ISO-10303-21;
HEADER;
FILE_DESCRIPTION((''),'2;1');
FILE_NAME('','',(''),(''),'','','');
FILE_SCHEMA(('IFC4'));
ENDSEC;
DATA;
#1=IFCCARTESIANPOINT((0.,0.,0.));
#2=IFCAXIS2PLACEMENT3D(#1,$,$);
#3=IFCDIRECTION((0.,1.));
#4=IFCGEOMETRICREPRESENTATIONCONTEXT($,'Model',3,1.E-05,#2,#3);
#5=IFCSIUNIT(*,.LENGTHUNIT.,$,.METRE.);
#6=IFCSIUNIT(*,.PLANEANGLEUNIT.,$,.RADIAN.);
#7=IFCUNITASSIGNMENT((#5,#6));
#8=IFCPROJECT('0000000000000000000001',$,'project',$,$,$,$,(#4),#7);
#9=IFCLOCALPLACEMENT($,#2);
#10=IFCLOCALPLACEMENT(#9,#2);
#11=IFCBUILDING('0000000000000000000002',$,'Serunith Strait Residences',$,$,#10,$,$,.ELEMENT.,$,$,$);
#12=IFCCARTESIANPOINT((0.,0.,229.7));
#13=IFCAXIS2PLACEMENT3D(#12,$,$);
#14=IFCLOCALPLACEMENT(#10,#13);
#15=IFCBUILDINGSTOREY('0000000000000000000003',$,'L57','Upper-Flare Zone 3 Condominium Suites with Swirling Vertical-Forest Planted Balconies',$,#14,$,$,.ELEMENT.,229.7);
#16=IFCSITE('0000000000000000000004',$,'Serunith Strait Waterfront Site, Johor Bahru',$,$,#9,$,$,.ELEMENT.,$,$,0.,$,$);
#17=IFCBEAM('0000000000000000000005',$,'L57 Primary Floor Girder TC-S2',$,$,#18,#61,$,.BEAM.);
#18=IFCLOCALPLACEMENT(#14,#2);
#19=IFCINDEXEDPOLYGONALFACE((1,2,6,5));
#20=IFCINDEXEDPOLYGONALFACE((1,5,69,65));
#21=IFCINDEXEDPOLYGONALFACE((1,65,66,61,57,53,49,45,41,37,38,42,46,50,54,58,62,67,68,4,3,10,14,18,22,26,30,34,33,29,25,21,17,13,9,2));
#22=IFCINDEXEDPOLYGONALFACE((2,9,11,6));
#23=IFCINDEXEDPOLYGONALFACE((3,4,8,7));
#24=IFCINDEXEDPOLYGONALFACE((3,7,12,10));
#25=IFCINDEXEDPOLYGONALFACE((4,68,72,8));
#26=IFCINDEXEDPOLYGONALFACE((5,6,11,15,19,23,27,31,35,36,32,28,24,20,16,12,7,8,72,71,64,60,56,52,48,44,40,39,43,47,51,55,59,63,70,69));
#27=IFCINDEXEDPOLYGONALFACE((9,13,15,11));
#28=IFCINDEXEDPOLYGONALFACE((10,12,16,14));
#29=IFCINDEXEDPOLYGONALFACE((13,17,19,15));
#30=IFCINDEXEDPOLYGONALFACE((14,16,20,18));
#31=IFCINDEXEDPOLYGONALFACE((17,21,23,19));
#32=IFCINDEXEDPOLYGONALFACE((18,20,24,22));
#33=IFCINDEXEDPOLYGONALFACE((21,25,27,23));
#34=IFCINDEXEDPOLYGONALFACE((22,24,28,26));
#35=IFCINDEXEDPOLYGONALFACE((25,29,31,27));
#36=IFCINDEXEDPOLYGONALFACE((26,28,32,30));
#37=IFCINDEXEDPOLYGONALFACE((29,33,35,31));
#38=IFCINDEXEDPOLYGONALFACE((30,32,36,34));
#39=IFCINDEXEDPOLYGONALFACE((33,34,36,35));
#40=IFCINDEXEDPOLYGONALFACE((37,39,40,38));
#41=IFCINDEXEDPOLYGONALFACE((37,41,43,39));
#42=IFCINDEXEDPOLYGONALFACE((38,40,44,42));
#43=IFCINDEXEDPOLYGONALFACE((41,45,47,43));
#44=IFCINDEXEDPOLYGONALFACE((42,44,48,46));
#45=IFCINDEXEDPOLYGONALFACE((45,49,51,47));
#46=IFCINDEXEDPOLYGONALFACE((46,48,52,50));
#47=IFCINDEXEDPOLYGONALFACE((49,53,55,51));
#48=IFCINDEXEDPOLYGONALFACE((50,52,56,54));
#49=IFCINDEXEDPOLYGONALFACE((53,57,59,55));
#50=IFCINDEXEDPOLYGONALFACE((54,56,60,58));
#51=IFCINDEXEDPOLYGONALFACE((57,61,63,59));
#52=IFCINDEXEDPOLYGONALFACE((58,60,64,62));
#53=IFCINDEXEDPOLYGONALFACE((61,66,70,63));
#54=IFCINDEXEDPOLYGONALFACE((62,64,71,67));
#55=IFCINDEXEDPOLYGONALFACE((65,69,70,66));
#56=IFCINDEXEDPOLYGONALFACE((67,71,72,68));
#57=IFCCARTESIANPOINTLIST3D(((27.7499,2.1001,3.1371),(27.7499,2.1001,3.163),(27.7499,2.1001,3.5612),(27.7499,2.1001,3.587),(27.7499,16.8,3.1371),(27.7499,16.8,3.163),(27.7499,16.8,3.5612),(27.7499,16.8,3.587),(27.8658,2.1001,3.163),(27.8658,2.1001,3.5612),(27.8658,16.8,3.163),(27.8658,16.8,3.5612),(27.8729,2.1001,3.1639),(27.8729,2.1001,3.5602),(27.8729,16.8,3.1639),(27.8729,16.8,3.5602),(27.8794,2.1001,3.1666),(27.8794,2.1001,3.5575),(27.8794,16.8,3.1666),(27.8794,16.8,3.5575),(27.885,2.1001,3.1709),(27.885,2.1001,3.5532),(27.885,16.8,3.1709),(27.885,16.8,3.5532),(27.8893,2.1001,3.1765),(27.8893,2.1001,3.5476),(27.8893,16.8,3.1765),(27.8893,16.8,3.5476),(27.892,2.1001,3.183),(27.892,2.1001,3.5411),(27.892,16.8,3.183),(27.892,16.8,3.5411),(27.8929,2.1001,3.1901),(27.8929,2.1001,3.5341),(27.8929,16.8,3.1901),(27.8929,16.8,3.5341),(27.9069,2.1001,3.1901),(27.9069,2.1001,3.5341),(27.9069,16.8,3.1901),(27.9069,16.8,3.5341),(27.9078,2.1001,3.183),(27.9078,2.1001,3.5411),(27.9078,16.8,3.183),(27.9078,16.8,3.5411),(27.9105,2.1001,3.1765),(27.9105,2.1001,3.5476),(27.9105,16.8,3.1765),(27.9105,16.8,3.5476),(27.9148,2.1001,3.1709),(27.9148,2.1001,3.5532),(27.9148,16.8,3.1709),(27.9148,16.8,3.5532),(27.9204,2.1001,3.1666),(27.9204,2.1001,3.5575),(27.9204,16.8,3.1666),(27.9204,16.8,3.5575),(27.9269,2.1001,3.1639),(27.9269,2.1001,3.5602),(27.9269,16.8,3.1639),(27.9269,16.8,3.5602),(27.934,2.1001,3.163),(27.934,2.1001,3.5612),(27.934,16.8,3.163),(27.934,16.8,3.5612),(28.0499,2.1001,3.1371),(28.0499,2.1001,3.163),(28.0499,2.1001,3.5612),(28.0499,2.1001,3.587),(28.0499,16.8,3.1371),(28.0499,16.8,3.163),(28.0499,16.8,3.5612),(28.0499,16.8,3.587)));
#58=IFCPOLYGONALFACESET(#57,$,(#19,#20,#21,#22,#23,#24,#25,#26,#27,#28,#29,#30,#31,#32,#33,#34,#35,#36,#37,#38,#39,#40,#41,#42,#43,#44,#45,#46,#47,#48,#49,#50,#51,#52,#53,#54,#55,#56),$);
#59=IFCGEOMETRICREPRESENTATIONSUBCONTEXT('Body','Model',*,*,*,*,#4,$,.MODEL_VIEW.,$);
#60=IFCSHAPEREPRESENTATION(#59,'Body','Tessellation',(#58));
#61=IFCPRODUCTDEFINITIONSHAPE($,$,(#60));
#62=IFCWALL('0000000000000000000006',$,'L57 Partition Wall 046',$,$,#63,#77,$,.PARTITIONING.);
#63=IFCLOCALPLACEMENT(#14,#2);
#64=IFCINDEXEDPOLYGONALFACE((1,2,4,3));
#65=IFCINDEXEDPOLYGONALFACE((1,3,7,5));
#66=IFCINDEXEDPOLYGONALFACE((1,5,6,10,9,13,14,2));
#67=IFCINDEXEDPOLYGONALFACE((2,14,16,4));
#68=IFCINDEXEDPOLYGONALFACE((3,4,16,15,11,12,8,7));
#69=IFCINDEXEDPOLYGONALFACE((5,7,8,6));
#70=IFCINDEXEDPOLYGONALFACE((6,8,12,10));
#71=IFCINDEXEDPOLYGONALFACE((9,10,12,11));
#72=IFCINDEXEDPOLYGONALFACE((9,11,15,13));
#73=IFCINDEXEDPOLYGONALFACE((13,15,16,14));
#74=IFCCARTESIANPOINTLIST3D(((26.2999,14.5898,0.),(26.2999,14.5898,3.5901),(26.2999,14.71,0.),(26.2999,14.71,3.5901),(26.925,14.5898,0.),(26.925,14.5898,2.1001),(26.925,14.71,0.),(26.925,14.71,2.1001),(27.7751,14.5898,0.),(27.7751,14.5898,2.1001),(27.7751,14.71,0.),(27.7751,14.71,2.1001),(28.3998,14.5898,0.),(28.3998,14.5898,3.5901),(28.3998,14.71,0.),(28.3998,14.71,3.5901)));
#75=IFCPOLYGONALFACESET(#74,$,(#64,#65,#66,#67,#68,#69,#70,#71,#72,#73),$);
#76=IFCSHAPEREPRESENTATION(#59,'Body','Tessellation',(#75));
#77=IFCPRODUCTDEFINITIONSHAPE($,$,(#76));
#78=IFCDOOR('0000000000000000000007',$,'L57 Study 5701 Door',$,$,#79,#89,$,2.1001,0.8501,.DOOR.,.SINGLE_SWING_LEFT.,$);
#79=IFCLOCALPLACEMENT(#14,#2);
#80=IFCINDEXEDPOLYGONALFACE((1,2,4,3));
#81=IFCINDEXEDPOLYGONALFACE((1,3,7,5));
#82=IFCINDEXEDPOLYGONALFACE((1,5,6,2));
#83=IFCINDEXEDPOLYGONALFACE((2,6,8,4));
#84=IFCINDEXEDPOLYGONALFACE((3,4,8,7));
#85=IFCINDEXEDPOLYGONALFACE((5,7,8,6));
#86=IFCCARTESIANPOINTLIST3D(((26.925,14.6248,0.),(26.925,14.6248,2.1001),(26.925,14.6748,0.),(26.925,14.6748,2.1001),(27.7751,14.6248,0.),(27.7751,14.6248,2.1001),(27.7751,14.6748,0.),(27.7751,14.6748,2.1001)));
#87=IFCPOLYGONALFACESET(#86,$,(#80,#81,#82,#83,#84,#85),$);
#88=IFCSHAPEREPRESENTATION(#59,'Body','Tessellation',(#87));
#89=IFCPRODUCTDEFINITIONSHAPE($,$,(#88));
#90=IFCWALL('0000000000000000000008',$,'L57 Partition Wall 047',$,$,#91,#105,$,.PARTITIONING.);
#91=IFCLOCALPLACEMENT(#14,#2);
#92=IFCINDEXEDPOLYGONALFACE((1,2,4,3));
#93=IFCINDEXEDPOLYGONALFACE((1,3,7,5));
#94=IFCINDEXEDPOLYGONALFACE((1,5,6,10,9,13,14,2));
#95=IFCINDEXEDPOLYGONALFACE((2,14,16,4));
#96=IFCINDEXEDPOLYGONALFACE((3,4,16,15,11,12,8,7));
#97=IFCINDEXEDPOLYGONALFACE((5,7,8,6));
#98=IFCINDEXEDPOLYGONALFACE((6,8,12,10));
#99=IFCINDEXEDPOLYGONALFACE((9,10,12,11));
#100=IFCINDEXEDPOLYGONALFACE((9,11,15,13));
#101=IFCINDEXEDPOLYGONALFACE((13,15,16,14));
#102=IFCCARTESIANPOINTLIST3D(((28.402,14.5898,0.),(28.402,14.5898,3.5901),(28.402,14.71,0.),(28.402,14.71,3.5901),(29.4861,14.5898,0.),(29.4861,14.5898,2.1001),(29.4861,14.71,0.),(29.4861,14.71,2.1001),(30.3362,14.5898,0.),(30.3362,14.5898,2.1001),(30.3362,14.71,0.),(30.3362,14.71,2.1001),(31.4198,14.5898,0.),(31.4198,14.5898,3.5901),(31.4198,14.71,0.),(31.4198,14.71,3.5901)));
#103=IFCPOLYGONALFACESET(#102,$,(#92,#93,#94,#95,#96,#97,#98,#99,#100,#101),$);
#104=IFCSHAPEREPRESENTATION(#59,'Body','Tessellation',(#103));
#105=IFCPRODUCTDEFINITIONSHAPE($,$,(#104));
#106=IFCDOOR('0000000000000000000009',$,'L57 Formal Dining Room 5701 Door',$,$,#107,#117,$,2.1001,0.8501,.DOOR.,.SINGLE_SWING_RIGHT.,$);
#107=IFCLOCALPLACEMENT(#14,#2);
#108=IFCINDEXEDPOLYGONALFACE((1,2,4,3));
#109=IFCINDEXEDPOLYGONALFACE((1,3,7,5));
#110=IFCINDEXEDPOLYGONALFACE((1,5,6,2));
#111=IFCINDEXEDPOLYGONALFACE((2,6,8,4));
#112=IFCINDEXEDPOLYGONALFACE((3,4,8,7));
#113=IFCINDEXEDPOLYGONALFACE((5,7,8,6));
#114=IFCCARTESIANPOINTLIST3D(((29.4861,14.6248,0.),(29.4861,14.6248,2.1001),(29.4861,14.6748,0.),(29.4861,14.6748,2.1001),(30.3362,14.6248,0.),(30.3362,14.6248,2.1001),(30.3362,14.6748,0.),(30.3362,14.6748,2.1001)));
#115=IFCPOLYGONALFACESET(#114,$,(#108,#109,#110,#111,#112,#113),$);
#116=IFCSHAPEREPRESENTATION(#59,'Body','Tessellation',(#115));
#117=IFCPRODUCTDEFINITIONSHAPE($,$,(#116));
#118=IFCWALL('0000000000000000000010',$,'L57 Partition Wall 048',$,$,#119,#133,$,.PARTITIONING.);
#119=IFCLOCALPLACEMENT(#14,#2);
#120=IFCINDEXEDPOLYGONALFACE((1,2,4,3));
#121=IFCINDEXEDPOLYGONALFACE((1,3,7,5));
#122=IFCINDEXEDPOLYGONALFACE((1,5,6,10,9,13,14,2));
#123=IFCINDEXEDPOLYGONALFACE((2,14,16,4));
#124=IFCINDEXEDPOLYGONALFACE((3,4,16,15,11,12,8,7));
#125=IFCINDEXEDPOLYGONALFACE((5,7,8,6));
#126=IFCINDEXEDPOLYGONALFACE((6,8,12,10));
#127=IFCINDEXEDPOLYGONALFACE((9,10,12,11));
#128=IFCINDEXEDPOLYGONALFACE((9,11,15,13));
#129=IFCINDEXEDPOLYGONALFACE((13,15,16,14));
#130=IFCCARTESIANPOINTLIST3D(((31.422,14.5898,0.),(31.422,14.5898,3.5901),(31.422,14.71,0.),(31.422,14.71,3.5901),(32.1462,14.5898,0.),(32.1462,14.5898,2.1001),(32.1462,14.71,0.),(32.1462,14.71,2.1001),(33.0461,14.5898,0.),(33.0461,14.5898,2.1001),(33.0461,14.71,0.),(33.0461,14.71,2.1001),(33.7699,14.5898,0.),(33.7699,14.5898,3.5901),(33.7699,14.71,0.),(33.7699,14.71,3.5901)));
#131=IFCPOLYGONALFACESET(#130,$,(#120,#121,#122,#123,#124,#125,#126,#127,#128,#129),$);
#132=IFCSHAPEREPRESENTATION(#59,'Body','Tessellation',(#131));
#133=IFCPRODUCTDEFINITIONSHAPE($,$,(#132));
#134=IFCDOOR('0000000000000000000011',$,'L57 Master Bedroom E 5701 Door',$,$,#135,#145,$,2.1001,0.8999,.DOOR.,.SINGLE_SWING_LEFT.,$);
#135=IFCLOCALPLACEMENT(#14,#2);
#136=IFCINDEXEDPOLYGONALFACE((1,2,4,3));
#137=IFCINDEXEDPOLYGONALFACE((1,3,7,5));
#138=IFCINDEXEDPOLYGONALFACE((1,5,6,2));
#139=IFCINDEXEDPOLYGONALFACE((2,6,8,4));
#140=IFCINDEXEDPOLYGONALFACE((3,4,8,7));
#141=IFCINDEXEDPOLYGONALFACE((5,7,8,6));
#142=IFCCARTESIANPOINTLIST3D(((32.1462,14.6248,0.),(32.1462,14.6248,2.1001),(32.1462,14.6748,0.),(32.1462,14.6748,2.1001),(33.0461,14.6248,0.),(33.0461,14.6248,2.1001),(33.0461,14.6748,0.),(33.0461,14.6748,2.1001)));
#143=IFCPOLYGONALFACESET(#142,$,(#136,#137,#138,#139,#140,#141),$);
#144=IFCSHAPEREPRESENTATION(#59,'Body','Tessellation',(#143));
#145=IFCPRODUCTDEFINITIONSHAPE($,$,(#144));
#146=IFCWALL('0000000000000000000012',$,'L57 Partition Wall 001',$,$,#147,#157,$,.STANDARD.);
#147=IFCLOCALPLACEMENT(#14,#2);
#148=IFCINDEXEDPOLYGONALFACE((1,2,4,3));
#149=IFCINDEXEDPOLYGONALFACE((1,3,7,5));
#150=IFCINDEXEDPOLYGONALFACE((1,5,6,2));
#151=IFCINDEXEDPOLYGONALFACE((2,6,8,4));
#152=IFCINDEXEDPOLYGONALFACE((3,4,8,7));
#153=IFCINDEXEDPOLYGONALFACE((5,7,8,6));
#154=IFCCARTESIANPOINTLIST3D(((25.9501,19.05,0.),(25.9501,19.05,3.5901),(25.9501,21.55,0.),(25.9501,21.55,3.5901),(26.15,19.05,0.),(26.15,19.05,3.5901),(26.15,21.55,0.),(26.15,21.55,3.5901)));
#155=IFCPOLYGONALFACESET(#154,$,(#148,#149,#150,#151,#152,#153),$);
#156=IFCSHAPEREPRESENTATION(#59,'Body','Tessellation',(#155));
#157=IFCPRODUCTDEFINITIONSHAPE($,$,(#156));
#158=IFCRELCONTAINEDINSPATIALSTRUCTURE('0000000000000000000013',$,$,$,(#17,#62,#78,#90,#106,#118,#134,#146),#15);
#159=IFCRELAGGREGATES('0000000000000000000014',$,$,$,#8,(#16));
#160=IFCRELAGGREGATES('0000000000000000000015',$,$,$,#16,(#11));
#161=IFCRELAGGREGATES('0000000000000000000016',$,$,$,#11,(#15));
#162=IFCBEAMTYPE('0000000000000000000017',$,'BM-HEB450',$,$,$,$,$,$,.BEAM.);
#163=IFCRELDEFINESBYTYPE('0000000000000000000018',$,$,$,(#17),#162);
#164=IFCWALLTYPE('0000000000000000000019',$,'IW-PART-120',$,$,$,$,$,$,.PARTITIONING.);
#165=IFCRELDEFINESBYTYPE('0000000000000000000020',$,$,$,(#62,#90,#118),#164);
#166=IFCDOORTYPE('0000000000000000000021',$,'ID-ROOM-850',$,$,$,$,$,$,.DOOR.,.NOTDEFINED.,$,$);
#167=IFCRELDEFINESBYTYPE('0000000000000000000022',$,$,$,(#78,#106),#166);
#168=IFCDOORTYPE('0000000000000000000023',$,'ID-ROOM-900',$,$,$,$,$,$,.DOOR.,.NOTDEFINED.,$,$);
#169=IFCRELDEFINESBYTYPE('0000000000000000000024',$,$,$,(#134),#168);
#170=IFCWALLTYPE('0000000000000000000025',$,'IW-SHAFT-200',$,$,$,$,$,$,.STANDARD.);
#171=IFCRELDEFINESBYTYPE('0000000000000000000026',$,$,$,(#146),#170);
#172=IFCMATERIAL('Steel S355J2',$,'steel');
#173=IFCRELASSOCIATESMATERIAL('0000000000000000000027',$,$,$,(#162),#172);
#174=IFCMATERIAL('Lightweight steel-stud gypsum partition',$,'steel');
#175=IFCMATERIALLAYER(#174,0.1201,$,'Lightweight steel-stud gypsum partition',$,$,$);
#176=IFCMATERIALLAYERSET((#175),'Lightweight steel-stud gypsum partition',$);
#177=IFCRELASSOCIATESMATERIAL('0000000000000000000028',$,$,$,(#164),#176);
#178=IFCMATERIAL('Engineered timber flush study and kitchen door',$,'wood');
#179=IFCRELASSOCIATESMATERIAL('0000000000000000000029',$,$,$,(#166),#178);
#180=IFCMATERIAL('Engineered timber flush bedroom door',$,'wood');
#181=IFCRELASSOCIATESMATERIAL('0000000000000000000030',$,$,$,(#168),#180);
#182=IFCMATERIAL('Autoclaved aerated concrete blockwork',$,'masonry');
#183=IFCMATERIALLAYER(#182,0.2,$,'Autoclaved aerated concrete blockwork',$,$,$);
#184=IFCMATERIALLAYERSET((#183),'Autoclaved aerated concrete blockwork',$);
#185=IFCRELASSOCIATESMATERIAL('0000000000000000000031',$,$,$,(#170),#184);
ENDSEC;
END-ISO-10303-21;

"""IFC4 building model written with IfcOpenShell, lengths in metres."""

from ifc_helpers import new_model, si_unit, direction, frame, frame_2d, origin, origin_2d, place, context, subcontext, project, spatial, rectangle, i_section, extrude, source, transform, mapped, material, layer, layer_set, material_profile, profile_set, type_object, element, fill, save


model = new_model("IFC4")

# Units and contexts
model_context = context("Model", 3, precision=1e-05, world=origin(), true_north=direction((0.0, 1.0)))
body_context = subcontext(model_context, "Body", "Model", "MODEL_VIEW")
ifc_project = project(units=[si_unit("LENGTHUNIT", "METRE"), si_unit("PLANEANGLEUNIT", "RADIAN")], contexts=[model_context])

# Site, building, storey
site_placement = place(None, origin())
site = spatial("IfcSite", under=ifc_project, at=site_placement, Name="Serunith Strait Waterfront Site, Johor Bahru", CompositionType="ELEMENT", RefElevation=0.0)
building_placement = place(site_placement, origin())
building = spatial("IfcBuilding", under=site, at=building_placement, Name="Serunith Strait Residences", CompositionType="ELEMENT")
storey_placement = place(building_placement, frame((0.0, 0.0, 229.7)))
storey = spatial("IfcBuildingStorey", under=building, at=storey_placement, Name="L57", Description="Upper-Flare Zone 3 Condominium Suites with Swirling Vertical-Forest Planted Balconies", CompositionType="ELEMENT", Elevation=229.7)

# Beam
ifc_material_1 = material(Name="Steel S355J2", Category="steel")
ifc_material_profile = material_profile(ifc_material_1, i_section(OverallWidth=0.3, OverallDepth=0.45, WebThickness=0.0139, FlangeThickness=0.0259, FilletRadius=0.0271, at=origin_2d()), Name="HEB 450")
ifc_profile_set = profile_set([ifc_material_profile], Name="Steel S355J2")
beam_type = type_object("IfcBeamType", Name="BM-HEB450", PredefinedType="BEAM", material=ifc_profile_set)
shared_shape_1 = source(origin(), body_context, "Body", "SweptSolid", [
    extrude(i_section(OverallWidth=0.3, OverallDepth=0.45, WebThickness=0.0139, FlangeThickness=0.0259, FilletRadius=0.0271, at=origin_2d()), origin(), (0.0, 0.0, 1.0), 14.7),
])
beam_placement = place(storey_placement, frame((27.8999, 16.8, 3.3621), z_axis=(0.0, -1.0, 0.0), x_axis=(1.0, 0.0, 0.0)))
element("IfcBeam", 1, at=beam_placement, inside=storey, type_object=beam_type, Name="L57 Primary Floor Girder TC-S2", PredefinedType="BEAM", context=body_context, shape_type="MappedRepresentation", body=[
    mapped(shared_shape_1, transform((0.0, 0.0, 0.0), scale=1.0)),
])

# Walls, openings, doors
ifc_material_2 = material(Name="Lightweight steel-stud gypsum partition", Category="steel")
ifc_layer_1 = layer(ifc_material_2, 0.1201, Name="Lightweight steel-stud gypsum partition")
ifc_layer_set_1 = layer_set([ifc_layer_1], Name="Lightweight steel-stud gypsum partition")
wall_type_1 = type_object("IfcWallType", Name="IW-PART-120", PredefinedType="PARTITIONING", material=ifc_layer_set_1)
wall_1_placement = place(storey_placement, frame((26.3, 14.6499, 0.0), z_axis=(0.0, 0.0, 1.0), x_axis=(1.0, 0.0, 0.0)))
wall_1 = element("IfcWall", 2, at=wall_1_placement, inside=storey, type_object=wall_type_1, Name="L57 Partition Wall 046", PredefinedType="PARTITIONING", context=body_context, shape_type="SweptSolid", body=[
    extrude(rectangle(XDim=2.0999, YDim=0.1201, at=frame_2d((1.0498, 0.0))), origin(), (0.0, 0.0, 1.0), 3.5901),
])
opening_1_placement = place(wall_1_placement, frame((0.625, 0.0, 0.0)))
opening_1 = element("IfcOpeningElement", 3, at=opening_1_placement, cuts=wall_1, PredefinedType="OPENING", context=body_context, shape_type="SweptSolid", body=[
    extrude(rectangle(XDim=0.8501, YDim=2.1001, at=frame_2d((0.425, 1.05))), frame((0.0, 0.0701, 0.0), z_axis=(0.0, -1.0, 0.0), x_axis=(1.0, 0.0, 0.0)), (0.0, 0.0, 1.0), 0.1401),
])
ifc_material_3 = material(Name="Engineered timber flush study and kitchen door", Category="wood")
door_type_1 = type_object("IfcDoorType", Name="ID-ROOM-850", OperationType="NOTDEFINED", PredefinedType="DOOR", material=ifc_material_3)
shared_shape_2 = source(origin(), body_context, "Body", "SweptSolid", [
    extrude(rectangle(XDim=0.8501, YDim=2.1001, at=frame_2d((0.425, 1.05))), frame((0.0, 0.0249, 0.0), z_axis=(0.0, -1.0, 0.0), x_axis=(1.0, 0.0, 0.0)), (0.0, 0.0, 1.0), 0.05),
])
door_1_placement = place(opening_1_placement, origin())
door_1 = element("IfcDoor", 4, at=door_1_placement, inside=storey, type_object=door_type_1, Name="L57 Study 5701 Door", OperationType="SINGLE_SWING_LEFT", OverallHeight=2.1001, OverallWidth=0.8501, PredefinedType="DOOR", context=body_context, shape_type="MappedRepresentation", body=[
    mapped(shared_shape_2, transform((0.0, 0.0, 0.0), scale=1.0)),
])
fill(opening_1, door_1)
wall_2_placement = place(storey_placement, frame((28.4021, 14.6499, 0.0), z_axis=(0.0, 0.0, 1.0), x_axis=(1.0, 0.0, 0.0)))
wall_2 = element("IfcWall", 5, at=wall_2_placement, inside=storey, type_object=wall_type_1, Name="L57 Partition Wall 047", PredefinedType="PARTITIONING", context=body_context, shape_type="SweptSolid", body=[
    extrude(rectangle(XDim=3.0178, YDim=0.1201, at=frame_2d((1.5088, 0.0))), origin(), (0.0, 0.0, 1.0), 3.5901),
])
opening_2_placement = place(wall_2_placement, frame((1.084, 0.0, 0.0)))
opening_2 = element("IfcOpeningElement", 6, at=opening_2_placement, cuts=wall_2, PredefinedType="OPENING", context=body_context, shape_type="SweptSolid", body=[
    extrude(rectangle(XDim=0.8501, YDim=2.1001, at=frame_2d((0.425, 1.05))), frame((0.0, 0.0701, 0.0), z_axis=(0.0, -1.0, 0.0), x_axis=(1.0, 0.0, 0.0)), (0.0, 0.0, 1.0), 0.1401),
])
door_2_placement = place(opening_2_placement, origin())
door_2 = element("IfcDoor", 7, at=door_2_placement, inside=storey, type_object=door_type_1, Name="L57 Formal Dining Room 5701 Door", OperationType="SINGLE_SWING_RIGHT", OverallHeight=2.1001, OverallWidth=0.8501, PredefinedType="DOOR", context=body_context, shape_type="MappedRepresentation", body=[
    mapped(shared_shape_2, transform((0.0, 0.0, 0.0), scale=1.0)),
])
fill(opening_2, door_2)
wall_3_placement = place(storey_placement, frame((31.4221, 14.6499, 0.0), z_axis=(0.0, 0.0, 1.0), x_axis=(1.0, 0.0, 0.0)))
wall_3 = element("IfcWall", 8, at=wall_3_placement, inside=storey, type_object=wall_type_1, Name="L57 Partition Wall 048", PredefinedType="PARTITIONING", context=body_context, shape_type="SweptSolid", body=[
    extrude(rectangle(XDim=2.3479, YDim=0.1201, at=frame_2d((1.1738, 0.0))), origin(), (0.0, 0.0, 1.0), 3.5901),
])
opening_3_placement = place(wall_3_placement, frame((0.7241, 0.0, 0.0)))
opening_3 = element("IfcOpeningElement", 9, at=opening_3_placement, cuts=wall_3, PredefinedType="OPENING", context=body_context, shape_type="SweptSolid", body=[
    extrude(rectangle(XDim=0.8999, YDim=2.1001, at=frame_2d((0.45, 1.05))), frame((0.0, 0.0701, 0.0), z_axis=(0.0, -1.0, 0.0), x_axis=(1.0, 0.0, 0.0)), (0.0, 0.0, 1.0), 0.1401),
])
ifc_material_4 = material(Name="Engineered timber flush bedroom door", Category="wood")
door_type_2 = type_object("IfcDoorType", Name="ID-ROOM-900", OperationType="NOTDEFINED", PredefinedType="DOOR", material=ifc_material_4)
shared_shape_3 = source(origin(), body_context, "Body", "SweptSolid", [
    extrude(rectangle(XDim=0.8999, YDim=2.1001, at=frame_2d((0.45, 1.05))), frame((0.0, 0.0249, 0.0), z_axis=(0.0, -1.0, 0.0), x_axis=(1.0, 0.0, 0.0)), (0.0, 0.0, 1.0), 0.05),
])
door_3_placement = place(opening_3_placement, origin())
door_3 = element("IfcDoor", 10, at=door_3_placement, inside=storey, type_object=door_type_2, Name="L57 Master Bedroom E 5701 Door", OperationType="SINGLE_SWING_LEFT", OverallHeight=2.1001, OverallWidth=0.8999, PredefinedType="DOOR", context=body_context, shape_type="MappedRepresentation", body=[
    mapped(shared_shape_3, transform((0.0, 0.0, 0.0), scale=1.0)),
])
fill(opening_3, door_3)

# Wall
ifc_material_5 = material(Name="Autoclaved aerated concrete blockwork", Category="masonry")
ifc_layer_2 = layer(ifc_material_5, 0.2, Name="Autoclaved aerated concrete blockwork")
ifc_layer_set_2 = layer_set([ifc_layer_2], Name="Autoclaved aerated concrete blockwork")
wall_type_2 = type_object("IfcWallType", Name="IW-SHAFT-200", PredefinedType="STANDARD", material=ifc_layer_set_2)
wall_4_placement = place(storey_placement, frame((26.05, 19.05, 0.0), z_axis=(0.0, 0.0, 1.0), x_axis=(0.0, 1.0, 0.0)))
element("IfcWall", 11, at=wall_4_placement, inside=storey, type_object=wall_type_2, Name="L57 Partition Wall 001", PredefinedType="STANDARD", context=body_context, shape_type="SweptSolid", body=[
    extrude(rectangle(XDim=2.5, YDim=0.2, at=frame_2d((1.25, 0.0))), origin(), (0.0, 0.0, 1.0), 3.5901),
])

save(model, "model.ifc")
